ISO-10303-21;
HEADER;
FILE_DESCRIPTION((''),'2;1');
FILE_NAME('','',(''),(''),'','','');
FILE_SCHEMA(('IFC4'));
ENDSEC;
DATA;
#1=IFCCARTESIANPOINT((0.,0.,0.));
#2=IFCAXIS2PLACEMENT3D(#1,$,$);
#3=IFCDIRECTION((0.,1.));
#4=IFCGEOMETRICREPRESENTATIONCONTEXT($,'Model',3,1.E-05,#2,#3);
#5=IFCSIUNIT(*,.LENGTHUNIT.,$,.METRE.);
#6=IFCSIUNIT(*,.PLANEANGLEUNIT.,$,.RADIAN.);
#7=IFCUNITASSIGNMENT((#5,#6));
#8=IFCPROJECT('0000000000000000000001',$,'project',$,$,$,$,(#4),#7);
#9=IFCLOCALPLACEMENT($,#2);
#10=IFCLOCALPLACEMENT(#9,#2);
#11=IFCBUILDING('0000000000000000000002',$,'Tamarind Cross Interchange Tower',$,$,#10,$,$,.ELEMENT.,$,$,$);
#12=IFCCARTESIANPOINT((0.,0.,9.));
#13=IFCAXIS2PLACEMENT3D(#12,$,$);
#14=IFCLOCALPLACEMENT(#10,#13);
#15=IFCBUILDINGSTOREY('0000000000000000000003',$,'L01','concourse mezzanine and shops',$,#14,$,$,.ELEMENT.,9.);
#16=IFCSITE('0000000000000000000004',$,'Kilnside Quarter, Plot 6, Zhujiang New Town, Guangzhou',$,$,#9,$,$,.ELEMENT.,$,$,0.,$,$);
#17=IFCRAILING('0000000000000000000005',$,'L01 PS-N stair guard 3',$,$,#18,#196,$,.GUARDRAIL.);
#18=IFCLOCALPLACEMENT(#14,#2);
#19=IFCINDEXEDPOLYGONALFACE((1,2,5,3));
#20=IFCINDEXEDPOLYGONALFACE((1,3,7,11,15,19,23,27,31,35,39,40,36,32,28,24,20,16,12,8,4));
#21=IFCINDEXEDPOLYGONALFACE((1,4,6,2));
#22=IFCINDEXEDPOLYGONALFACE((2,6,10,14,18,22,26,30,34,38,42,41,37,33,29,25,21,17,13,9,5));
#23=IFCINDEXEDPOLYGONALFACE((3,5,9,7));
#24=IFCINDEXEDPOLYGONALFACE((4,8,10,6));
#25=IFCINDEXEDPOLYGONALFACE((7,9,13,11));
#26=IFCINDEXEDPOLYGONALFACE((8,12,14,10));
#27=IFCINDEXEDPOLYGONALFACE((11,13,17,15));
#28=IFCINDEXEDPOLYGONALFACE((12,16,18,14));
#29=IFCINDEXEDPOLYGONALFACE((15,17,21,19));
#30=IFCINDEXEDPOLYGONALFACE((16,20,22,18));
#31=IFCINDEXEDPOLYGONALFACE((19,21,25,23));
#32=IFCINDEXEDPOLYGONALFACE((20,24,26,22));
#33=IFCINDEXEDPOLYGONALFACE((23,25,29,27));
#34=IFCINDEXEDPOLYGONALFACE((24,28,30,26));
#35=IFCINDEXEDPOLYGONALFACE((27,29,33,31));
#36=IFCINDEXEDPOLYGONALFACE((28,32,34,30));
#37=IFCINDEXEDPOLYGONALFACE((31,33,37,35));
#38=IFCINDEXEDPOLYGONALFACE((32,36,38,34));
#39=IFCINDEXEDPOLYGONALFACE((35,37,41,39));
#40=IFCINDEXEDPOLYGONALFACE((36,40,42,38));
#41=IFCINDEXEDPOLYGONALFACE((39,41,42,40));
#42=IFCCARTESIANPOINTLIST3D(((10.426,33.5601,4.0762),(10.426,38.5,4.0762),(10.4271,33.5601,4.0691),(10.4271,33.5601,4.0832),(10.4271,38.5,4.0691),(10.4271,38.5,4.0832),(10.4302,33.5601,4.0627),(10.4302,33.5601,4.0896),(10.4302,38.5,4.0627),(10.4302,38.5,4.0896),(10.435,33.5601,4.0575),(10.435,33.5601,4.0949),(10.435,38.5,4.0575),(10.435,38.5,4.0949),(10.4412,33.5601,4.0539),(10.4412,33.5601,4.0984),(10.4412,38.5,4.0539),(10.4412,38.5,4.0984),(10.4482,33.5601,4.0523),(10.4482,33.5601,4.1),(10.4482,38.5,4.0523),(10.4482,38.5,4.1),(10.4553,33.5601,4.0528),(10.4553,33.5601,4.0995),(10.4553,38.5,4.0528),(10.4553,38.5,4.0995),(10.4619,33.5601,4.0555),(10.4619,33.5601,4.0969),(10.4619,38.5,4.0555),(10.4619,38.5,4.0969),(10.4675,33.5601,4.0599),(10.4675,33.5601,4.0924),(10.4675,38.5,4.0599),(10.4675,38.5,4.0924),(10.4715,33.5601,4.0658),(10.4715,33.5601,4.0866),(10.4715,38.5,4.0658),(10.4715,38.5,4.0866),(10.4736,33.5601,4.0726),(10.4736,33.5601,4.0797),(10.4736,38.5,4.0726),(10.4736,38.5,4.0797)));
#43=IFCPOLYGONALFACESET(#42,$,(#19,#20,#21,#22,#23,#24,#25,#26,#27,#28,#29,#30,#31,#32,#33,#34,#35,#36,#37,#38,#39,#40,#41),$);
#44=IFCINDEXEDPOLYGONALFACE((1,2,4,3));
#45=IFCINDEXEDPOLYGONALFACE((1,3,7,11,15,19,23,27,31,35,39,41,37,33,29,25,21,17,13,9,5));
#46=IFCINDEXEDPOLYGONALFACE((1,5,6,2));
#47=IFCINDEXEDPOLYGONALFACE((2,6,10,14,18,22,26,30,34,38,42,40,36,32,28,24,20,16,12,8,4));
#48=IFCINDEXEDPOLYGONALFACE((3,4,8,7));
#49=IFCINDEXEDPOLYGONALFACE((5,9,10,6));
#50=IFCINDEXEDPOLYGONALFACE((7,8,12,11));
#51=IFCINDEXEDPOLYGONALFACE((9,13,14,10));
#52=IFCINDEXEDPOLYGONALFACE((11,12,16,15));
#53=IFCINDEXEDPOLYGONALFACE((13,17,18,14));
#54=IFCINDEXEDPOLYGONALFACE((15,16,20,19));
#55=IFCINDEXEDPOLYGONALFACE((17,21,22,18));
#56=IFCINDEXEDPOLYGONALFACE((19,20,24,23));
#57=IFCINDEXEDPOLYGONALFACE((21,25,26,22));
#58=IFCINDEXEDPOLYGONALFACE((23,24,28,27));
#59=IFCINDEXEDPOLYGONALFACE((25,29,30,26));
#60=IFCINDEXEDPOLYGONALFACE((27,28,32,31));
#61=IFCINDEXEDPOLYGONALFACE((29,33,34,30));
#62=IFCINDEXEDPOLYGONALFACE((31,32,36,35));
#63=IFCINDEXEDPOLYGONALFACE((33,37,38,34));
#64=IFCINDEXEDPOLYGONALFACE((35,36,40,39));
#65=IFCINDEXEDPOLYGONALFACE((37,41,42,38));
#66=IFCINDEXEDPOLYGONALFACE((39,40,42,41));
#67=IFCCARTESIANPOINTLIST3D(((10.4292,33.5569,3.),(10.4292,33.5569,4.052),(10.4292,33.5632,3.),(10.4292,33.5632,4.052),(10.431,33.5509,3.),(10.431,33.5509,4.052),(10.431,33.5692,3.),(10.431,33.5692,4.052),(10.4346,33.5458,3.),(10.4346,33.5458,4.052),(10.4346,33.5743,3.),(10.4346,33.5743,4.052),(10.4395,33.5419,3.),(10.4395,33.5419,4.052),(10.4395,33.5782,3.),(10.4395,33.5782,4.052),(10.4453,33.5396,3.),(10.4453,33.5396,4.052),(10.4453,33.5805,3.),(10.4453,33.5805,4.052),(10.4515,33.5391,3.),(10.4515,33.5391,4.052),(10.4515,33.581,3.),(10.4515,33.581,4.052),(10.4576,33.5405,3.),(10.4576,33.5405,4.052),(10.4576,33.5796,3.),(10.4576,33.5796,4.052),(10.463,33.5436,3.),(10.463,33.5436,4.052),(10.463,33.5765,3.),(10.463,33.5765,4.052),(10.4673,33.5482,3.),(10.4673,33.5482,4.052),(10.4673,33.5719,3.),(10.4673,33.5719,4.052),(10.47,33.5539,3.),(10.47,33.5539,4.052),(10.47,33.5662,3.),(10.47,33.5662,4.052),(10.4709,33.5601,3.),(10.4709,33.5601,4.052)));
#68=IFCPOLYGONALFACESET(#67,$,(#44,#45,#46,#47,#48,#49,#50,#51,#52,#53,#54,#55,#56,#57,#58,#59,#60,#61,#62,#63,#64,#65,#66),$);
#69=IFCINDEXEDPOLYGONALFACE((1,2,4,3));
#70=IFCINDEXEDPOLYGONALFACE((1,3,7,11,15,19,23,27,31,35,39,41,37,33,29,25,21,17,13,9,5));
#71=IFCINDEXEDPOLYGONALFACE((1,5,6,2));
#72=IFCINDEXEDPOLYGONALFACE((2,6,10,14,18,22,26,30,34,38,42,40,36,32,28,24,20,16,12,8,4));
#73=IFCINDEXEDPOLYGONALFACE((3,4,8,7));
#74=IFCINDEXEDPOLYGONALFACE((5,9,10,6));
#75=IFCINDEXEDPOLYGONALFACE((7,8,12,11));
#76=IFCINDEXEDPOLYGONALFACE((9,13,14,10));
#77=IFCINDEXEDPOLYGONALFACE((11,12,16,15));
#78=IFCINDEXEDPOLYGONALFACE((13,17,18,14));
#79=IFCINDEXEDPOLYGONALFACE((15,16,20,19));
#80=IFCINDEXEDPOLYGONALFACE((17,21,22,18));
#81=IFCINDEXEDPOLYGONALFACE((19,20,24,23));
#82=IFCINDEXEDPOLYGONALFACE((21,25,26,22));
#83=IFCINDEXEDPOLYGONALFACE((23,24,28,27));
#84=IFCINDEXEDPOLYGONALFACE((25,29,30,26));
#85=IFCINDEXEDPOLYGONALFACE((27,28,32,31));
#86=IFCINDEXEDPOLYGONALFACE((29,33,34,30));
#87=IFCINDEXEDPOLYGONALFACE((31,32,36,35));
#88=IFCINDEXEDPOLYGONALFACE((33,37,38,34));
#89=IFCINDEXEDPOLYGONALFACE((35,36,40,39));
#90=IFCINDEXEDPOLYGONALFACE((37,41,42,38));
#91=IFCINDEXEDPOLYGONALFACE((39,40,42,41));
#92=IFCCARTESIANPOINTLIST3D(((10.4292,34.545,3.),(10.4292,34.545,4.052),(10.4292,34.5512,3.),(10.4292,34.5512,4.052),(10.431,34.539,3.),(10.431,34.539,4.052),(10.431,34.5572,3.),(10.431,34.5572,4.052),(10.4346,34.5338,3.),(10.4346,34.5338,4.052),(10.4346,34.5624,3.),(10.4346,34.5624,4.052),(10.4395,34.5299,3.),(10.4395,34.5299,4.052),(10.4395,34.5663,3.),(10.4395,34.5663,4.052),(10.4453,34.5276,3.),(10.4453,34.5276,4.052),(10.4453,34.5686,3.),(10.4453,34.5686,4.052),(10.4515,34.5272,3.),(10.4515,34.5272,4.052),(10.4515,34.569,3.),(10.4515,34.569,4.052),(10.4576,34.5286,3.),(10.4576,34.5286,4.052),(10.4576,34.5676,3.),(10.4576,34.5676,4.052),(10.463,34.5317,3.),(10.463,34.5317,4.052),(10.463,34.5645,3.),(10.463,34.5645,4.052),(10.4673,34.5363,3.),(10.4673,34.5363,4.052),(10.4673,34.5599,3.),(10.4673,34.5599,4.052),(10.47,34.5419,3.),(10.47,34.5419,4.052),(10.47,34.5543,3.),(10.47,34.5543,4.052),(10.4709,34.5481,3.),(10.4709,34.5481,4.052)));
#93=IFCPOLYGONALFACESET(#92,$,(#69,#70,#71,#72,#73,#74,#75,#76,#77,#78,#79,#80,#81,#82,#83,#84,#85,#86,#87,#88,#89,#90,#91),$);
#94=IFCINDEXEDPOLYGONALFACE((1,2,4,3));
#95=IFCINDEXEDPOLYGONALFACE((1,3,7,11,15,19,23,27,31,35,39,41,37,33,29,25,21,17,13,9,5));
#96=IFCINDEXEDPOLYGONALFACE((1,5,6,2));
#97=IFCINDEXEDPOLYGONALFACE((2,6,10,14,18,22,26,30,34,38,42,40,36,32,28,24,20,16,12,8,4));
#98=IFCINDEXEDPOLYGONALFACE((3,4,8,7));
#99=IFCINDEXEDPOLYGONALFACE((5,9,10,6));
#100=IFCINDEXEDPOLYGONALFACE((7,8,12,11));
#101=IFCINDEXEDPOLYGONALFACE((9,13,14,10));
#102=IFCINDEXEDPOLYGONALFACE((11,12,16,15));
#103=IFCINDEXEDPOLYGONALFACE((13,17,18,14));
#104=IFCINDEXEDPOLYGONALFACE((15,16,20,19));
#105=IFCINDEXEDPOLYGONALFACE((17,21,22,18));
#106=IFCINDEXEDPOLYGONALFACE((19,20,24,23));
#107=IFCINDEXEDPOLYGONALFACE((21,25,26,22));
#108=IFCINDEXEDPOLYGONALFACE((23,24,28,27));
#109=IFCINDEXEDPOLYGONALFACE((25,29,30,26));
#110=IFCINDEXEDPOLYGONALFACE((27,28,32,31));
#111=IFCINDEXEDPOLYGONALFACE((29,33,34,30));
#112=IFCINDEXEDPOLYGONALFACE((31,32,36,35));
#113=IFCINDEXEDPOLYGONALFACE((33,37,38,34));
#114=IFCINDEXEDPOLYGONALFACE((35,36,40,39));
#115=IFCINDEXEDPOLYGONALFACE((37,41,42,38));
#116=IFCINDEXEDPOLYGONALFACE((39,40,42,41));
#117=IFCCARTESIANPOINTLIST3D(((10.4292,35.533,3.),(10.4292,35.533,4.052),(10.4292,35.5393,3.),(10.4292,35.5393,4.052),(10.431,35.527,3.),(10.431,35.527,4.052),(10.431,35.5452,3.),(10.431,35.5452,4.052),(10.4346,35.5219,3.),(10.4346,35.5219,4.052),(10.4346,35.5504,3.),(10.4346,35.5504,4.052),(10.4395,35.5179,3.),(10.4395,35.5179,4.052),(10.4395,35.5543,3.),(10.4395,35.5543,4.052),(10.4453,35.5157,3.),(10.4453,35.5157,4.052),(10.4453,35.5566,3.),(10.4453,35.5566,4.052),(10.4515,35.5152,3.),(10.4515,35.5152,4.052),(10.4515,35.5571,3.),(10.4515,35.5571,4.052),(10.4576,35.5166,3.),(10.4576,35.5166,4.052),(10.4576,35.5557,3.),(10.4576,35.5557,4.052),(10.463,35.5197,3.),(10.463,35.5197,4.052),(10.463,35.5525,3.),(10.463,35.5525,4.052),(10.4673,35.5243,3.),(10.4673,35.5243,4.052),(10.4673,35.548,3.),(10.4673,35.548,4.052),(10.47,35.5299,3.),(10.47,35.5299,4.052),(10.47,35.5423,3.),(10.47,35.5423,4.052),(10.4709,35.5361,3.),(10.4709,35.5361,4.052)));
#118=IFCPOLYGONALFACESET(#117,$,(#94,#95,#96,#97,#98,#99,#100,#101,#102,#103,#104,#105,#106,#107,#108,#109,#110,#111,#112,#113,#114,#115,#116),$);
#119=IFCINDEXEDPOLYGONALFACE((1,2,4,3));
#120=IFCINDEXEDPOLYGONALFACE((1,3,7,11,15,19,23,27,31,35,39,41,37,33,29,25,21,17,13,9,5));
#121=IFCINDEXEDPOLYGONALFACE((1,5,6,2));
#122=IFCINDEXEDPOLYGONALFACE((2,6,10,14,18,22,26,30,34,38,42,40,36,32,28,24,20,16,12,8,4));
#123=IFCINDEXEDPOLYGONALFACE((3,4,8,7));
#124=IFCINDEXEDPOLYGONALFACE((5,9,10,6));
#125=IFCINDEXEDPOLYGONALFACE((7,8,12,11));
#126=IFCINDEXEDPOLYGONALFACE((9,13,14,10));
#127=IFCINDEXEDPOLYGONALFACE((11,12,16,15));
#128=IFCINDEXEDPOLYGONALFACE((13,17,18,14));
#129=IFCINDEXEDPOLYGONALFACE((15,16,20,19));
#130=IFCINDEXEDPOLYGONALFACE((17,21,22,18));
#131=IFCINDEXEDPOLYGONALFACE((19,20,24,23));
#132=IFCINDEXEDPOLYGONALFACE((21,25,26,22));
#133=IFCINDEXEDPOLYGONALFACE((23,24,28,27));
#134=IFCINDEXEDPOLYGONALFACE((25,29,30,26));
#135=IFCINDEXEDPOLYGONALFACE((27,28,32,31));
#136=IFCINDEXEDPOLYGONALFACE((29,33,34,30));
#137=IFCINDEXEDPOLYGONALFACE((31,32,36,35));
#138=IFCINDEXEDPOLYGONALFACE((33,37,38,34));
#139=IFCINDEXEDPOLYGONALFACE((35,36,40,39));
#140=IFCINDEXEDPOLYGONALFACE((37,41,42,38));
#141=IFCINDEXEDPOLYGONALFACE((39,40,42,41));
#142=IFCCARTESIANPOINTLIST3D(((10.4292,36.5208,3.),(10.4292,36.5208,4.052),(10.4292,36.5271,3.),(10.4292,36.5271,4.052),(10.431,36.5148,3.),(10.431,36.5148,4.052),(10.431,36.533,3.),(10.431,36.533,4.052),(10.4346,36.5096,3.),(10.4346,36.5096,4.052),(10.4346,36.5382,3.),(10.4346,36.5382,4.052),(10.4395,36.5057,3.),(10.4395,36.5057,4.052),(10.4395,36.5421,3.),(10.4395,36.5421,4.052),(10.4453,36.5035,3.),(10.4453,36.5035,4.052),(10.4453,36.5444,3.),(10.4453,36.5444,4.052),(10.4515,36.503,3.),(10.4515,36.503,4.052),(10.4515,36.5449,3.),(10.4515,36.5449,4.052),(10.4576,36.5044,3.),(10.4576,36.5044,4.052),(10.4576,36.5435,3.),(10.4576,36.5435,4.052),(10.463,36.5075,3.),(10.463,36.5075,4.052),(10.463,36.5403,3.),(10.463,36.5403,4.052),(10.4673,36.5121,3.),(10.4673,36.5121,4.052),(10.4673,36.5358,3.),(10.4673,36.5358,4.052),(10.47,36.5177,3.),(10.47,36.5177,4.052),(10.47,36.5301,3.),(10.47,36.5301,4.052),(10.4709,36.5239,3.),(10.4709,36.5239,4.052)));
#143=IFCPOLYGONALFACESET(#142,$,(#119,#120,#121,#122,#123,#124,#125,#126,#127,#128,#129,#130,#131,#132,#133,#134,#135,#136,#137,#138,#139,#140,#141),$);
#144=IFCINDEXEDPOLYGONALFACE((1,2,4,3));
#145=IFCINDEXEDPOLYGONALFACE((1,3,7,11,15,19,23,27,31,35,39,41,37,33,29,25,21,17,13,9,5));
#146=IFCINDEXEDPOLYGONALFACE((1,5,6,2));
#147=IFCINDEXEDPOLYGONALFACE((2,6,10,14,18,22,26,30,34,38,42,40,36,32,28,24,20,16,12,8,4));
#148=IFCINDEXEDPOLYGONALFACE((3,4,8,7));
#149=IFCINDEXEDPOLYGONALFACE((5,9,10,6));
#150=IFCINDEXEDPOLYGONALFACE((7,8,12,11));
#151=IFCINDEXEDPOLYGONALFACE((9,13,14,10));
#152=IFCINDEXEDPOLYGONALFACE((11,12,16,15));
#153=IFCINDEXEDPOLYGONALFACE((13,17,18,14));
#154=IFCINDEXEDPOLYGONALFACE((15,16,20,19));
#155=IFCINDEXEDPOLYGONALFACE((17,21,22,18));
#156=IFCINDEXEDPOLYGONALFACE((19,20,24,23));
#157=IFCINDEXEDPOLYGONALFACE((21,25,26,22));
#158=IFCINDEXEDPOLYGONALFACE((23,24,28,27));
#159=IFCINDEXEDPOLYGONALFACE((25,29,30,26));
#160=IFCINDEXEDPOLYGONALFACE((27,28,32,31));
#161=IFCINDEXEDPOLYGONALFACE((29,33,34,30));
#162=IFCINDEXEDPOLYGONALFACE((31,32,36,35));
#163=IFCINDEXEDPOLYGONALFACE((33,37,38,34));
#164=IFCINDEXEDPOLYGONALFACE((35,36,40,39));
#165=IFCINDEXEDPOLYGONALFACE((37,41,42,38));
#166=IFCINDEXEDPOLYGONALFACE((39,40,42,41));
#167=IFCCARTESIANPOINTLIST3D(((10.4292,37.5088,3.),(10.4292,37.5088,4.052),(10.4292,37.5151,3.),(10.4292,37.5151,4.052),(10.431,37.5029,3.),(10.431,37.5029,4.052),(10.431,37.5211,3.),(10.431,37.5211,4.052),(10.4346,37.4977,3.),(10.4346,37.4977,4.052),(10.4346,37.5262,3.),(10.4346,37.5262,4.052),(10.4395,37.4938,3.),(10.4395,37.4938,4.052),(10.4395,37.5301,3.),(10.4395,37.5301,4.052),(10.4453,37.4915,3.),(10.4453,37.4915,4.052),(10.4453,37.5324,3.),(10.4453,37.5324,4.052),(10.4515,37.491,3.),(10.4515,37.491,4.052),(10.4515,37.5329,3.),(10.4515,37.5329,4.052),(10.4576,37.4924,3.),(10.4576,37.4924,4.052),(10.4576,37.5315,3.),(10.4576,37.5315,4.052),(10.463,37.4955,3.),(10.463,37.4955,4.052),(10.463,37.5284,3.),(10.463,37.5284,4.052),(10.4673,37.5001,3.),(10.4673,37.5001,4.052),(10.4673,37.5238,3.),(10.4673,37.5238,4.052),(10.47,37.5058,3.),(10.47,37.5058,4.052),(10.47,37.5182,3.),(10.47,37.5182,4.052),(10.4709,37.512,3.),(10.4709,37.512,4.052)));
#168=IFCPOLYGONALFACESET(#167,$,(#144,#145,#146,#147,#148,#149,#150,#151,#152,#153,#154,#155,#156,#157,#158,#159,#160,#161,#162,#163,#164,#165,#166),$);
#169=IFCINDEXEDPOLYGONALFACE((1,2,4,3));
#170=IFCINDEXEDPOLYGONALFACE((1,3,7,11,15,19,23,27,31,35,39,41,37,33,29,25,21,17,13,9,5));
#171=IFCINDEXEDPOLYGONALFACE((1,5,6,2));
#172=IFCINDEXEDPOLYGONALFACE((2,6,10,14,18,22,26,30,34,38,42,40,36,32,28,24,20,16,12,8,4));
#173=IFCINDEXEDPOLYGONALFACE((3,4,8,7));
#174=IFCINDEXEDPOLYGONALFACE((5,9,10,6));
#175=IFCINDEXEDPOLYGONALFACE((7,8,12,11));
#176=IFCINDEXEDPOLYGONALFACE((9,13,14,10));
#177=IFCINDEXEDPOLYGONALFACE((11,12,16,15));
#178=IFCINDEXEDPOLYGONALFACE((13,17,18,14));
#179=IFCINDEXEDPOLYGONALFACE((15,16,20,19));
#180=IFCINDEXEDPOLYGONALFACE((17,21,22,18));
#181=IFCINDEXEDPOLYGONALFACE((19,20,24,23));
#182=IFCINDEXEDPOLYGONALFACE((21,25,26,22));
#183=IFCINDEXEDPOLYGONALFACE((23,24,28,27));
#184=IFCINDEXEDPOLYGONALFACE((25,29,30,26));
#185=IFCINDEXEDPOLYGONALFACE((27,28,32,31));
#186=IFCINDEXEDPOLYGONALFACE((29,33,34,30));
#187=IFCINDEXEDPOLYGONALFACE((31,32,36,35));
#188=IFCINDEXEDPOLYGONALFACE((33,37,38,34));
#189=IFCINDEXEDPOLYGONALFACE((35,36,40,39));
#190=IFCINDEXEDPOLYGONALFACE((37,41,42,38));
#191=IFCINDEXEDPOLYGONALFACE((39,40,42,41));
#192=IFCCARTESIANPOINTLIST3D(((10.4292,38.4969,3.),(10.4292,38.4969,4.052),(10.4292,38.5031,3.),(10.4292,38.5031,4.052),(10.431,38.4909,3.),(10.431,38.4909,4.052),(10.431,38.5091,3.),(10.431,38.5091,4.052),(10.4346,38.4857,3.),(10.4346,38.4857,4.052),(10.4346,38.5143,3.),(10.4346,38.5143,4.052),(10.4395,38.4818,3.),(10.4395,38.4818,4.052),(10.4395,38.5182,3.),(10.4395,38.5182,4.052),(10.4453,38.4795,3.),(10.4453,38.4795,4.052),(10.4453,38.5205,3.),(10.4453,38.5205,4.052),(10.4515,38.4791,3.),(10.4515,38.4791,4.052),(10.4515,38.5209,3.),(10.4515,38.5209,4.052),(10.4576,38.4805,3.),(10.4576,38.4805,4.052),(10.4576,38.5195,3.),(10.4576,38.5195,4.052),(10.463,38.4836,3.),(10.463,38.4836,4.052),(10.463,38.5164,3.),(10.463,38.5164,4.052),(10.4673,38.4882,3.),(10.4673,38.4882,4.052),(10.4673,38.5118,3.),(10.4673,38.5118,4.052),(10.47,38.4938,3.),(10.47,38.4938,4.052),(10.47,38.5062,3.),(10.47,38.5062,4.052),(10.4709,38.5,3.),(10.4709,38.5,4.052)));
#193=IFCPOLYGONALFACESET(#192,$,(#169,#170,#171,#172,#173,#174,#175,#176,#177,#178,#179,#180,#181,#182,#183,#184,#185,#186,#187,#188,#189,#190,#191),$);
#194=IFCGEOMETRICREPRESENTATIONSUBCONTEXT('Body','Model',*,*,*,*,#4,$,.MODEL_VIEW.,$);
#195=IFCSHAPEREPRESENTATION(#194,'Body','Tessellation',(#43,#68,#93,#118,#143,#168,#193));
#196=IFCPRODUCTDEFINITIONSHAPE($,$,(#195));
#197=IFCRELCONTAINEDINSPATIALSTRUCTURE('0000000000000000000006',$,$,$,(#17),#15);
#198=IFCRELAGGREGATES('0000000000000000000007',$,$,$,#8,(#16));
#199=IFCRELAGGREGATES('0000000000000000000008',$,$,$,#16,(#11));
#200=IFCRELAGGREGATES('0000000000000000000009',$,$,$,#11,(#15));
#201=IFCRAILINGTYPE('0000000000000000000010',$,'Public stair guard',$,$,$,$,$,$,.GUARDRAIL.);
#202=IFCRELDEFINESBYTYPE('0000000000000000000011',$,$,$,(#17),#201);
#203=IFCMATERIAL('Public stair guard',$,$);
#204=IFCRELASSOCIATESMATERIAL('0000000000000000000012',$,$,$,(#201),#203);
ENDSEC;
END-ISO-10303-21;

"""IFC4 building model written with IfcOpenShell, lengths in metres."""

from ifc_helpers import new_model, si_unit, direction, frame, origin, origin_2d, place, context, subcontext, project, spatial, circle, extrude, material, type_object, element, save


model = new_model("IFC4")

# Units and contexts
model_context = context("Model", 3, precision=1e-05, world=origin(), true_north=direction((0.0, 1.0)))
body_context = subcontext(model_context, "Body", "Model", "MODEL_VIEW")
ifc_project = project(units=[si_unit("LENGTHUNIT", "METRE"), si_unit("PLANEANGLEUNIT", "RADIAN")], contexts=[model_context])

# Site, building, storey
site_placement = place(None, origin())
site = spatial("IfcSite", under=ifc_project, at=site_placement, Name="Kilnside Quarter, Plot 6, Zhujiang New Town, Guangzhou", CompositionType="ELEMENT", RefElevation=0.0)
building_placement = place(site_placement, origin())
building = spatial("IfcBuilding", under=site, at=building_placement, Name="Tamarind Cross Interchange Tower", CompositionType="ELEMENT")
storey_placement = place(building_placement, frame((0.0, 0.0, 9.0)))
storey = spatial("IfcBuildingStorey", under=building, at=storey_placement, Name="L01", Description="concourse mezzanine and shops", CompositionType="ELEMENT", Elevation=9.0)

# Railing
ifc_material_1 = material(Name="Public stair guard")
railing_type_1 = type_object("IfcRailingType", Name="Public stair guard", PredefinedType="GUARDRAIL", material=ifc_material_1)
for number, where, name in (
    (1, (10.45, 33.5601, 3.0), "L01 PS-N stair guard 3"),
):
    element("IfcRailing", number, at=place(storey_placement, frame(where)), inside=storey, type_object=railing_type_1, Name=name, PredefinedType="GUARDRAIL", context=body_context, shape_type="SweptSolid", body=[
        extrude(circle(Radius=0.0239, at=origin_2d()), frame((0.0, 0.0, 1.0762), z_axis=(0.0, 1.0, 0.0), x_axis=(-1.0, 0.0, 0.0)), (0.0, 0.0, 1.0), 4.9399),
        extrude(circle(Radius=0.021, at=origin_2d()), origin(), (0.0, 0.0, 1.0), 1.052),
        extrude(circle(Radius=0.021, at=origin_2d()), frame((0.0, 0.988, 0.0)), (0.0, 0.0, 1.0), 1.052),
        extrude(circle(Radius=0.021, at=origin_2d()), frame((0.0, 1.9761, 0.0)), (0.0, 0.0, 1.0), 1.052),
        extrude(circle(Radius=0.021, at=origin_2d()), frame((0.0, 2.9639, 0.0)), (0.0, 0.0, 1.0), 1.052),
        extrude(circle(Radius=0.021, at=origin_2d()), frame((0.0, 3.9519, 0.0)), (0.0, 0.0, 1.0), 1.052),
        extrude(circle(Radius=0.021, at=origin_2d()), frame((0.0, 4.9399, 0.0)), (0.0, 0.0, 1.0), 1.052),
    ])

save(model, "model.ifc")
